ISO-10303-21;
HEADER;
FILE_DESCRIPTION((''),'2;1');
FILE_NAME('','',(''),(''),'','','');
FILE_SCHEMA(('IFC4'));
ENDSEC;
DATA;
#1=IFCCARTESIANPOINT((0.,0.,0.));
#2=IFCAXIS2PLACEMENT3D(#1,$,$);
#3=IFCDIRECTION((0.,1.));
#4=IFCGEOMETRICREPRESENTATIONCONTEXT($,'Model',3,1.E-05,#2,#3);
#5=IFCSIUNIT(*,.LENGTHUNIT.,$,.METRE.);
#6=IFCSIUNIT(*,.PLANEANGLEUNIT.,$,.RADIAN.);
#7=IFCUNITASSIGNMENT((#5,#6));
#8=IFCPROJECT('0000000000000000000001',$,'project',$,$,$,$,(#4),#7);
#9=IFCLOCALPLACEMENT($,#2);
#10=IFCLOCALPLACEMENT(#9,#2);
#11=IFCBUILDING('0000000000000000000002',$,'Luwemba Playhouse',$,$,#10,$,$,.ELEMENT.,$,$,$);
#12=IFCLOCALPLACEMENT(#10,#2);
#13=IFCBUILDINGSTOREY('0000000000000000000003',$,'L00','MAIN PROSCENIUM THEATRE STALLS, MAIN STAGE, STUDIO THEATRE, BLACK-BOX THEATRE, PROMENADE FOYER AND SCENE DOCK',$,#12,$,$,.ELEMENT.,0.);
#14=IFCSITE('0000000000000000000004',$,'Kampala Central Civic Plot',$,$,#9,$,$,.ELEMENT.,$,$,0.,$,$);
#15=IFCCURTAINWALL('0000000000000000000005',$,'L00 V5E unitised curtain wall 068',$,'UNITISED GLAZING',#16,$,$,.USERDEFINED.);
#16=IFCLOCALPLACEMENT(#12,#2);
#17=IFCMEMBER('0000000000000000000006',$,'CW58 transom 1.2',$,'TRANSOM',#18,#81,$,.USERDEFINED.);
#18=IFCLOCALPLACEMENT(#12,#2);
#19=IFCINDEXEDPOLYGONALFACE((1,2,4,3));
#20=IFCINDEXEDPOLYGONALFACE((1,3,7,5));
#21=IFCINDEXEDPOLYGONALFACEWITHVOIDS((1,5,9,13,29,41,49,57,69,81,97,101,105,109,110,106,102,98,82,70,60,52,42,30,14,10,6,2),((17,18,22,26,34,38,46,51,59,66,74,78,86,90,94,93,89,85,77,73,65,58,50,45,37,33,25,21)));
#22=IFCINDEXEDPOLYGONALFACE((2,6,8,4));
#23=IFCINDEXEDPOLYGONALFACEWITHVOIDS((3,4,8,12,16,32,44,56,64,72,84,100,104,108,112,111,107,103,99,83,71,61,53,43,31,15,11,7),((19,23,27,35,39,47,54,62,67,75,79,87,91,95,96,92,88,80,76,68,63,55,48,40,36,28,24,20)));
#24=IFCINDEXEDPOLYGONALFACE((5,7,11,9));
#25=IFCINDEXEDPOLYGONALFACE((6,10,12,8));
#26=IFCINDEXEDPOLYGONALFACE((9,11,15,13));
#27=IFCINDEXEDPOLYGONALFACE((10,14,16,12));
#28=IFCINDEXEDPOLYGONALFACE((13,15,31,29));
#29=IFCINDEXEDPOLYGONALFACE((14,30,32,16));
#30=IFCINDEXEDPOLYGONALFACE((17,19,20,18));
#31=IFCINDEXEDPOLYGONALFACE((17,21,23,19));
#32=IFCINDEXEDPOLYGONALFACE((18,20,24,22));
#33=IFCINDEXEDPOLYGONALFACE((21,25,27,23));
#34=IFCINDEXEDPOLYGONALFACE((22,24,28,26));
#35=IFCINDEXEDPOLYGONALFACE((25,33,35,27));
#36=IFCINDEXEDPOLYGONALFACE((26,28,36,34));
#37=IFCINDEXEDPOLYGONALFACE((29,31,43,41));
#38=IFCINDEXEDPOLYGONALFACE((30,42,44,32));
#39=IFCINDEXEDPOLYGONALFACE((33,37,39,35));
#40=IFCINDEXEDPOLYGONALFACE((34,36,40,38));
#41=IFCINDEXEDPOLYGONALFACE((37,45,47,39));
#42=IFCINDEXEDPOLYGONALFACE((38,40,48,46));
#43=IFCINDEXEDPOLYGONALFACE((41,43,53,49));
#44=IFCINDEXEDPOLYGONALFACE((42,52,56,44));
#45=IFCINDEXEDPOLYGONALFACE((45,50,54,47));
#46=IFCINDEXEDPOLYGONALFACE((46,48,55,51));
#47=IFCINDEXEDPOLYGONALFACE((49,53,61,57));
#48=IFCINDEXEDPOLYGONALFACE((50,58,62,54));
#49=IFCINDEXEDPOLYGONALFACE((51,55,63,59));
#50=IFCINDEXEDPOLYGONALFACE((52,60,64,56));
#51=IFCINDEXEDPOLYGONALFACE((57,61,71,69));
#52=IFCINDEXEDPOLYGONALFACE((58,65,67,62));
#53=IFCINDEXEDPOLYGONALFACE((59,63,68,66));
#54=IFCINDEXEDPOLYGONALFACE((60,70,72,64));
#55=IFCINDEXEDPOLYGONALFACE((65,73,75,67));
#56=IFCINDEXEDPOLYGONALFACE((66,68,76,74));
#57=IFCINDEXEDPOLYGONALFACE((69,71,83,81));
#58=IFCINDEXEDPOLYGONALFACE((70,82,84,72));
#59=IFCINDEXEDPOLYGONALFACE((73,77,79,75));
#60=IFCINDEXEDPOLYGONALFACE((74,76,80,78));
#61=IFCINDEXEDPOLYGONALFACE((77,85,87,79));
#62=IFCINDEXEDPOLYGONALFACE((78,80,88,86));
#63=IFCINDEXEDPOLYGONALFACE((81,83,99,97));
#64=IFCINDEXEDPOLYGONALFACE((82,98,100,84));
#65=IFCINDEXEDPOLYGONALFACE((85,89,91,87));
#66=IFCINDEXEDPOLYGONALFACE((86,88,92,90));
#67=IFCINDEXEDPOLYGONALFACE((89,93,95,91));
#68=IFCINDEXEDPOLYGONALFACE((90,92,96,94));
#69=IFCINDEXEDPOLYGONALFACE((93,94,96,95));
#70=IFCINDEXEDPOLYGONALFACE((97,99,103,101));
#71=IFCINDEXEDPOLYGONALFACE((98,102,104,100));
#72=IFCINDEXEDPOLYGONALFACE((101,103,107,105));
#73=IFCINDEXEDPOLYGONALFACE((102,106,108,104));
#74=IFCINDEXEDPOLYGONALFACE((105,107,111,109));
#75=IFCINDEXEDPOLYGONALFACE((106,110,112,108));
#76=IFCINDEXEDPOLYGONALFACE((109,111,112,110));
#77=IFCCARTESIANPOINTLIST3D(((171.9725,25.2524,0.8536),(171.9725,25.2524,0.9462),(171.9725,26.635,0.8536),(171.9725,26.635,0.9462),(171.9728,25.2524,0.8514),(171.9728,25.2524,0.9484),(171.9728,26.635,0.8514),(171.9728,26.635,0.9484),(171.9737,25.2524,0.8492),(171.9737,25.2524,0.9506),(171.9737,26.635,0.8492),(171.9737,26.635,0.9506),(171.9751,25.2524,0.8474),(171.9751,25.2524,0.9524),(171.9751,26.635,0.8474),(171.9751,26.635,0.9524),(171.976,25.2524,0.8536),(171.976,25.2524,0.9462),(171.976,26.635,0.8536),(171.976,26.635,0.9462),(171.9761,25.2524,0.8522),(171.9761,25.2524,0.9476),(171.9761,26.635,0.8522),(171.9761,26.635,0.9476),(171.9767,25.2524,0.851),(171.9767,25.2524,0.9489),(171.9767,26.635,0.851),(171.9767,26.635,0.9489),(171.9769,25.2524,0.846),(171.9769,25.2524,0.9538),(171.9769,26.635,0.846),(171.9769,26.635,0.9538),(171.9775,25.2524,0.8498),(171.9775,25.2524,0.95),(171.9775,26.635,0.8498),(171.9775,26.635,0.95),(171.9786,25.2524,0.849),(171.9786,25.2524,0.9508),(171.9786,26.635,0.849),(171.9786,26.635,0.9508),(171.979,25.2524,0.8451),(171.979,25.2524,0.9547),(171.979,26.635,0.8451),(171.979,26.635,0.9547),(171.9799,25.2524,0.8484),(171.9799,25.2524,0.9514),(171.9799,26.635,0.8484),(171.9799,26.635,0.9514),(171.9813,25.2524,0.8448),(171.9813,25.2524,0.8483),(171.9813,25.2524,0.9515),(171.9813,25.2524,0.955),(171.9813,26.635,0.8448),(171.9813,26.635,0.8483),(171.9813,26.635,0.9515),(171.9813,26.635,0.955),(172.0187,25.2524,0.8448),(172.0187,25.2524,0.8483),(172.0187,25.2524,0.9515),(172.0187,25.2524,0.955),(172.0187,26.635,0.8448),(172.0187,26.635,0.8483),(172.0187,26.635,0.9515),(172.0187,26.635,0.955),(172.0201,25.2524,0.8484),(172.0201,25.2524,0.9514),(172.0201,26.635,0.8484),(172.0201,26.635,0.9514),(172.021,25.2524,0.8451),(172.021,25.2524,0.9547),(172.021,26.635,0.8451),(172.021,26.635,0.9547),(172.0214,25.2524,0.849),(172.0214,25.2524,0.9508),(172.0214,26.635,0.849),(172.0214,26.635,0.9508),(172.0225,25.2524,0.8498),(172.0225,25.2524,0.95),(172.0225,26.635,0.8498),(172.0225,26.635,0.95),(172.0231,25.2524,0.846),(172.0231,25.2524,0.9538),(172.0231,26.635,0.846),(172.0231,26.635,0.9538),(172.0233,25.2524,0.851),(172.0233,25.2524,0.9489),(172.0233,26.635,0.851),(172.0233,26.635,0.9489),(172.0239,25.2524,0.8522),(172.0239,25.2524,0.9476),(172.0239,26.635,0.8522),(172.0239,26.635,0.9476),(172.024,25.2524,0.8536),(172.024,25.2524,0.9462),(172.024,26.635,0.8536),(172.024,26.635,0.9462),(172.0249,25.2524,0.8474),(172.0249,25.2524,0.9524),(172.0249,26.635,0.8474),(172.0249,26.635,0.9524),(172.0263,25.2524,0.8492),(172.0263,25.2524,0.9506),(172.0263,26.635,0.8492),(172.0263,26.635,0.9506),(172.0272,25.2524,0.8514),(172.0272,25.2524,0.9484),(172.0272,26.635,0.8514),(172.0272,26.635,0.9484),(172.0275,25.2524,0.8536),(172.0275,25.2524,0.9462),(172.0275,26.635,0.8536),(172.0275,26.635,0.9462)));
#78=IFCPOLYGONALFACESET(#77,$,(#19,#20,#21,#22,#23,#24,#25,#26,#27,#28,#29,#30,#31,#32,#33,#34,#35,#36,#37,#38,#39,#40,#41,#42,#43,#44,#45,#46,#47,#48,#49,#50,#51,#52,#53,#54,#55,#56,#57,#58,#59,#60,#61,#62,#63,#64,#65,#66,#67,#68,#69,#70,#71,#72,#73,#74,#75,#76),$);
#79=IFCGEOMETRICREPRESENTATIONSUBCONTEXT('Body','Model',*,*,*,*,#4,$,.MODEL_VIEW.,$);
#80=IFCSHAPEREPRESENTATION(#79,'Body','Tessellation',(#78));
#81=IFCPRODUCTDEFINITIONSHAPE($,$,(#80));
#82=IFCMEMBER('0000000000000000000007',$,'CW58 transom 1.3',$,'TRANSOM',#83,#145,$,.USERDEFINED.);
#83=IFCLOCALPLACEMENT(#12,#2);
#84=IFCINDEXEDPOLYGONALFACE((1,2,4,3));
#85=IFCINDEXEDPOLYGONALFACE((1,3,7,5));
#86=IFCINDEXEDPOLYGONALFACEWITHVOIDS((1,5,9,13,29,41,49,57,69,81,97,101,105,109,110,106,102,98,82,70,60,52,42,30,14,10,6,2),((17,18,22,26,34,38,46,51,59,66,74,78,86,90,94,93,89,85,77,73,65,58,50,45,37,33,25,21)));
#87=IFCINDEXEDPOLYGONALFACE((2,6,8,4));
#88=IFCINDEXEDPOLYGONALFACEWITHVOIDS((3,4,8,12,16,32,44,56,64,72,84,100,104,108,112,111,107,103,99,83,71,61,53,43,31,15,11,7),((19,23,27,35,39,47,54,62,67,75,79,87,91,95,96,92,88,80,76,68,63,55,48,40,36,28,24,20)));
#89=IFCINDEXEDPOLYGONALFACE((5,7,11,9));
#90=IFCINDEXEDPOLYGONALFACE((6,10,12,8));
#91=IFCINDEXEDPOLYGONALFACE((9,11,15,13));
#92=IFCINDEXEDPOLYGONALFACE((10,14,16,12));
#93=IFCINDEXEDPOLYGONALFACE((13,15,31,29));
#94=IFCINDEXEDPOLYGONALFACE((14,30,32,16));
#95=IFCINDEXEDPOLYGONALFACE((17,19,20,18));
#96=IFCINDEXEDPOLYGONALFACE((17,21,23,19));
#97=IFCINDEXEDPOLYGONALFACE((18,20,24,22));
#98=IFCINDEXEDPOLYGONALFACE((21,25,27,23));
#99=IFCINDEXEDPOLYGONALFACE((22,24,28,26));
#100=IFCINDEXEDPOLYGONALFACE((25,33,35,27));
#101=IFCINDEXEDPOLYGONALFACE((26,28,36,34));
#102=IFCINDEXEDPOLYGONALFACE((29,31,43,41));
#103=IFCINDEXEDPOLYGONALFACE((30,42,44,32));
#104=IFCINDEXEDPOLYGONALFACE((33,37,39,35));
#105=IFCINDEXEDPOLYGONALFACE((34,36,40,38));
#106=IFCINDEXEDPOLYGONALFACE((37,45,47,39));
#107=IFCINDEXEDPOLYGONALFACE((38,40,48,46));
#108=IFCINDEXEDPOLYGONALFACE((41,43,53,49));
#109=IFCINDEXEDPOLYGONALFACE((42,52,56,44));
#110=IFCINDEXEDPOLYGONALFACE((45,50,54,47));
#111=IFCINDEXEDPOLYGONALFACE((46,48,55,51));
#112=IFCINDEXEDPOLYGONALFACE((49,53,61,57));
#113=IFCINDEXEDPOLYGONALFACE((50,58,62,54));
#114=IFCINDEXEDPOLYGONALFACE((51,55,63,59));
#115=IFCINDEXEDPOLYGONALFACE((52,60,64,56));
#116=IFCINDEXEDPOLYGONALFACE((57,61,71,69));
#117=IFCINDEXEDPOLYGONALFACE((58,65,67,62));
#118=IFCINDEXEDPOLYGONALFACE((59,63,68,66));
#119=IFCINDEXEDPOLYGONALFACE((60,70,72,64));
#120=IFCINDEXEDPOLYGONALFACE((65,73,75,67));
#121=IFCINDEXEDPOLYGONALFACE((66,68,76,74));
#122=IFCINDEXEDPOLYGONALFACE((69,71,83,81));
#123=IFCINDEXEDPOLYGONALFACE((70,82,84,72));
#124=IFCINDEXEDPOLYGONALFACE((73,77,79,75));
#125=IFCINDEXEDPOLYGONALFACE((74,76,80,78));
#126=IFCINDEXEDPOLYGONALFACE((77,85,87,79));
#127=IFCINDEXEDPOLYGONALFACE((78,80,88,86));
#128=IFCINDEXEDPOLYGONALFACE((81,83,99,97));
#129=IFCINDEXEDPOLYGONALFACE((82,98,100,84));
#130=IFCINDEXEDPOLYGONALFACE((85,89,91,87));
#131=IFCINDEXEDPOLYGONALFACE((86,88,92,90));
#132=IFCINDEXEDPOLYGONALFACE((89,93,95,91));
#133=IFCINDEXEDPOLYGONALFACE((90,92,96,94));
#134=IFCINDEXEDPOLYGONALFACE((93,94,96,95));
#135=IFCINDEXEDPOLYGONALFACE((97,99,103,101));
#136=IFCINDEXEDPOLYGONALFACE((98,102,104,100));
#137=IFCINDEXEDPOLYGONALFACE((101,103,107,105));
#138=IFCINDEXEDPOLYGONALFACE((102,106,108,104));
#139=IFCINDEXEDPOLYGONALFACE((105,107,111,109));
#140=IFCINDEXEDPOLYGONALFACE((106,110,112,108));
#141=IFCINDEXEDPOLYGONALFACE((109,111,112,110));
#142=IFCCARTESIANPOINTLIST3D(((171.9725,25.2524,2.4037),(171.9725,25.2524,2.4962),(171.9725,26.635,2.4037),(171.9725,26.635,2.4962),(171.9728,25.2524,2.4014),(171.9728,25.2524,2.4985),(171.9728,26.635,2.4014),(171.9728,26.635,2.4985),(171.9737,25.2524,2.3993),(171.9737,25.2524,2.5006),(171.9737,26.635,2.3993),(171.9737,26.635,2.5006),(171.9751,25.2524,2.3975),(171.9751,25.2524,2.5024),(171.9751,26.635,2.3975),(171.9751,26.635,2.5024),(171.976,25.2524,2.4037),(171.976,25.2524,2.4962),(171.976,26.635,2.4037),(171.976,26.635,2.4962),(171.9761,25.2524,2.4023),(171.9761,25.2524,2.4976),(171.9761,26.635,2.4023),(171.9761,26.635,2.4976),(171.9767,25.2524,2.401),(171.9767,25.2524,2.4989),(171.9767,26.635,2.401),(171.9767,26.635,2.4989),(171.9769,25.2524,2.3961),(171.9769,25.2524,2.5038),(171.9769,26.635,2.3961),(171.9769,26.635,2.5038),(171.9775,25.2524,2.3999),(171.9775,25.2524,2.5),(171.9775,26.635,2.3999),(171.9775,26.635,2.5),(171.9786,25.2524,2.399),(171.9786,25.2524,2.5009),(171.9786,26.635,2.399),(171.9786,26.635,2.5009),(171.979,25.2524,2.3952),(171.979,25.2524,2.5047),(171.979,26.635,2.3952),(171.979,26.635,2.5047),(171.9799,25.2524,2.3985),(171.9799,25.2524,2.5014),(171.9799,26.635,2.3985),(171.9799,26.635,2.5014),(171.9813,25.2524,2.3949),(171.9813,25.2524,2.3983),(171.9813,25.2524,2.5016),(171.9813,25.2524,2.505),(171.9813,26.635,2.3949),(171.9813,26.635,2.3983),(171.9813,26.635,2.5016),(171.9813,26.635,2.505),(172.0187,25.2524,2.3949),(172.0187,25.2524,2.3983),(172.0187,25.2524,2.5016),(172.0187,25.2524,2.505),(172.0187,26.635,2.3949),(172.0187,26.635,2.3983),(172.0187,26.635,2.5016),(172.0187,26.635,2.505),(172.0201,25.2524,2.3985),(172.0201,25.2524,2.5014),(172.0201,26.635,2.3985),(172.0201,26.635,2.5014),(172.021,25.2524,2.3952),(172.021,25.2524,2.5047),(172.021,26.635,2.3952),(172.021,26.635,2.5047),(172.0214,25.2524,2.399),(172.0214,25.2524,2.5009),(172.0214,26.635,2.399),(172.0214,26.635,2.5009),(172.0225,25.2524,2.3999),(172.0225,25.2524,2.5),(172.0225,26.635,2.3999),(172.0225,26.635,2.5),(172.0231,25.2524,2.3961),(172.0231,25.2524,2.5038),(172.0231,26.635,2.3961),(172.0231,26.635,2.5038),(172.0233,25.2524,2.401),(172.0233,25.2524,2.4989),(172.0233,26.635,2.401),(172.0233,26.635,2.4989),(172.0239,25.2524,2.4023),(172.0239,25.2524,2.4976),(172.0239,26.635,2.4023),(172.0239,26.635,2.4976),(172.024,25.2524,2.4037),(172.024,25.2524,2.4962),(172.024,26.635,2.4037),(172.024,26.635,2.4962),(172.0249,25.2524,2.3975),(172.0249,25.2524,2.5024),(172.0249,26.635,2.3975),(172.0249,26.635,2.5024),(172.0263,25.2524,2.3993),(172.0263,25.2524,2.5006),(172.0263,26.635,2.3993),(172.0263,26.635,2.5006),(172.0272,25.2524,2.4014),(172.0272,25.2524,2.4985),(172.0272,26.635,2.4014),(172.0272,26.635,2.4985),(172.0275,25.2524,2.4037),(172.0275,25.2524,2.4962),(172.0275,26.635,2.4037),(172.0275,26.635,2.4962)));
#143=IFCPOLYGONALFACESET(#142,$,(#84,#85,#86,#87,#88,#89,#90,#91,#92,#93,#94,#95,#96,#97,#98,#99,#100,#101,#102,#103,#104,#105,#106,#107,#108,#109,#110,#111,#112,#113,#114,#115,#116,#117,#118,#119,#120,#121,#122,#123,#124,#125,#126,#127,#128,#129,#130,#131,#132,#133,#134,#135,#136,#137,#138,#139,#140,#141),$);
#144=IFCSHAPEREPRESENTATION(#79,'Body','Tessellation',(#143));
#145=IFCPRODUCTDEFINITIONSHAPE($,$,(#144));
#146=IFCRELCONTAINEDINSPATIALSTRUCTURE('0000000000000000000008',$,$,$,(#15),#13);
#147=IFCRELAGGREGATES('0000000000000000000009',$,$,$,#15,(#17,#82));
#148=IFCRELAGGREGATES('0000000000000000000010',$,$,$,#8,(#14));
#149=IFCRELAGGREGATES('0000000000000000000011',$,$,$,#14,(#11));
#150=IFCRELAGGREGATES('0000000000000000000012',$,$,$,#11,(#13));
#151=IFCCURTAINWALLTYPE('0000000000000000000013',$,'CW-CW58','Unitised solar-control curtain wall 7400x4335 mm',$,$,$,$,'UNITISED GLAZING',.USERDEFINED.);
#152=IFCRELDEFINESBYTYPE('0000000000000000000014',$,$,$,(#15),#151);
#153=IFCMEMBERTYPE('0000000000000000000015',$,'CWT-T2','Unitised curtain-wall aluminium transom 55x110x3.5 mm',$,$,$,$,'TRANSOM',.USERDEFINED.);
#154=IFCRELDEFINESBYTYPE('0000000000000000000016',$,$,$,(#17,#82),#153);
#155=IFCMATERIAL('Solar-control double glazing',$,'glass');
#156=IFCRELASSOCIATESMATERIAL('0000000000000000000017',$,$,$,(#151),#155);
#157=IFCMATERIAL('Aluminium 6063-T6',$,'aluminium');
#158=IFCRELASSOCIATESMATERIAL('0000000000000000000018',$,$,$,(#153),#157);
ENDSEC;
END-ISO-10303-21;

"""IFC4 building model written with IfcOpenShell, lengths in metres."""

from ifc_helpers import new_model, si_unit, direction, frame, origin, origin_2d, place, context, subcontext, project, spatial, hollow_rectangle, extrude, material, material_profile, profile_set, type_object, element, aggregate, save


model = new_model("IFC4")

# Units and contexts
model_context = context("Model", 3, precision=1e-05, world=origin(), true_north=direction((0.0, 1.0)))
body_context = subcontext(model_context, "Body", "Model", "MODEL_VIEW")
ifc_project = project(units=[si_unit("LENGTHUNIT", "METRE"), si_unit("PLANEANGLEUNIT", "RADIAN")], contexts=[model_context])

# Site, building, storey
site_placement = place(None, origin())
site = spatial("IfcSite", under=ifc_project, at=site_placement, Name="Kampala Central Civic Plot", CompositionType="ELEMENT", RefElevation=0.0)
building_placement = place(site_placement, origin())
building = spatial("IfcBuilding", under=site, at=building_placement, Name="Luwemba Playhouse", CompositionType="ELEMENT")
storey_placement = place(building_placement, origin())
storey = spatial("IfcBuildingStorey", under=building, at=storey_placement, Name="L00", Description="MAIN PROSCENIUM THEATRE STALLS, MAIN STAGE, STUDIO THEATRE, BLACK-BOX THEATRE, PROMENADE FOYER AND SCENE DOCK", CompositionType="ELEMENT", Elevation=0.0)

# Shared definitions
ifc_material_1 = material(Name="Solar-control double glazing", Category="glass")
ifc_material_2 = material(Name="Aluminium 6063-T6", Category="aluminium")

# Curtain wall, members
curtain_wall_type_1 = type_object("IfcCurtainWallType", Name="CW-CW58", Description="Unitised solar-control curtain wall 7400x4335 mm", ElementType="UNITISED GLAZING", PredefinedType="USERDEFINED", material=ifc_material_1)
curtain_wall_1_placement = place(storey_placement, origin())
curtain_wall_1 = element("IfcCurtainWall", 1, at=curtain_wall_1_placement, inside=storey, type_object=curtain_wall_type_1, Name="L00 V5E unitised curtain wall 068", ObjectType="UNITISED GLAZING", PredefinedType="USERDEFINED")
ifc_material_profile_1 = material_profile(ifc_material_2, hollow_rectangle(XDim=0.0549, YDim=0.1101, WallThickness=0.0034, InnerFilletRadius=0.0054, OuterFilletRadius=0.0088, at=origin_2d()))
ifc_profile_set_1 = profile_set([ifc_material_profile_1], Name="Aluminium 6063-T6")
member_type_1 = type_object("IfcMemberType", Name="CWT-T2", Description="Unitised curtain-wall aluminium transom 55x110x3.5 mm", ElementType="TRANSOM", PredefinedType="USERDEFINED", material=ifc_profile_set_1)
member_1_placement = place(storey_placement, frame((172.0, 26.635, 0.8999), z_axis=(0.0, -1.0, 0.0), x_axis=(1.0, 0.0, 0.0)))
member_1 = element("IfcMember", 2, at=member_1_placement, type_object=member_type_1, Name="CW58 transom 1.2", ObjectType="TRANSOM", PredefinedType="USERDEFINED", context=body_context, shape_type="SweptSolid", body=[
    extrude(hollow_rectangle(XDim=0.0549, YDim=0.1101, WallThickness=0.0034, InnerFilletRadius=0.0054, OuterFilletRadius=0.0088, at=origin_2d()), origin(), (0.0, 0.0, 1.0), 1.3826),
])
member_2_placement = place(storey_placement, frame((172.0, 26.635, 2.45), z_axis=(0.0, -1.0, 0.0), x_axis=(1.0, 0.0, 0.0)))
member_2 = element("IfcMember", 3, at=member_2_placement, type_object=member_type_1, Name="CW58 transom 1.3", ObjectType="TRANSOM", PredefinedType="USERDEFINED", context=body_context, shape_type="SweptSolid", body=[
    extrude(hollow_rectangle(XDim=0.0549, YDim=0.1101, WallThickness=0.0034, InnerFilletRadius=0.0054, OuterFilletRadius=0.0088, at=origin_2d()), origin(), (0.0, 0.0, 1.0), 1.3826),
])

aggregate(curtain_wall_1, [member_1, member_2])

save(model, "model.ifc")
